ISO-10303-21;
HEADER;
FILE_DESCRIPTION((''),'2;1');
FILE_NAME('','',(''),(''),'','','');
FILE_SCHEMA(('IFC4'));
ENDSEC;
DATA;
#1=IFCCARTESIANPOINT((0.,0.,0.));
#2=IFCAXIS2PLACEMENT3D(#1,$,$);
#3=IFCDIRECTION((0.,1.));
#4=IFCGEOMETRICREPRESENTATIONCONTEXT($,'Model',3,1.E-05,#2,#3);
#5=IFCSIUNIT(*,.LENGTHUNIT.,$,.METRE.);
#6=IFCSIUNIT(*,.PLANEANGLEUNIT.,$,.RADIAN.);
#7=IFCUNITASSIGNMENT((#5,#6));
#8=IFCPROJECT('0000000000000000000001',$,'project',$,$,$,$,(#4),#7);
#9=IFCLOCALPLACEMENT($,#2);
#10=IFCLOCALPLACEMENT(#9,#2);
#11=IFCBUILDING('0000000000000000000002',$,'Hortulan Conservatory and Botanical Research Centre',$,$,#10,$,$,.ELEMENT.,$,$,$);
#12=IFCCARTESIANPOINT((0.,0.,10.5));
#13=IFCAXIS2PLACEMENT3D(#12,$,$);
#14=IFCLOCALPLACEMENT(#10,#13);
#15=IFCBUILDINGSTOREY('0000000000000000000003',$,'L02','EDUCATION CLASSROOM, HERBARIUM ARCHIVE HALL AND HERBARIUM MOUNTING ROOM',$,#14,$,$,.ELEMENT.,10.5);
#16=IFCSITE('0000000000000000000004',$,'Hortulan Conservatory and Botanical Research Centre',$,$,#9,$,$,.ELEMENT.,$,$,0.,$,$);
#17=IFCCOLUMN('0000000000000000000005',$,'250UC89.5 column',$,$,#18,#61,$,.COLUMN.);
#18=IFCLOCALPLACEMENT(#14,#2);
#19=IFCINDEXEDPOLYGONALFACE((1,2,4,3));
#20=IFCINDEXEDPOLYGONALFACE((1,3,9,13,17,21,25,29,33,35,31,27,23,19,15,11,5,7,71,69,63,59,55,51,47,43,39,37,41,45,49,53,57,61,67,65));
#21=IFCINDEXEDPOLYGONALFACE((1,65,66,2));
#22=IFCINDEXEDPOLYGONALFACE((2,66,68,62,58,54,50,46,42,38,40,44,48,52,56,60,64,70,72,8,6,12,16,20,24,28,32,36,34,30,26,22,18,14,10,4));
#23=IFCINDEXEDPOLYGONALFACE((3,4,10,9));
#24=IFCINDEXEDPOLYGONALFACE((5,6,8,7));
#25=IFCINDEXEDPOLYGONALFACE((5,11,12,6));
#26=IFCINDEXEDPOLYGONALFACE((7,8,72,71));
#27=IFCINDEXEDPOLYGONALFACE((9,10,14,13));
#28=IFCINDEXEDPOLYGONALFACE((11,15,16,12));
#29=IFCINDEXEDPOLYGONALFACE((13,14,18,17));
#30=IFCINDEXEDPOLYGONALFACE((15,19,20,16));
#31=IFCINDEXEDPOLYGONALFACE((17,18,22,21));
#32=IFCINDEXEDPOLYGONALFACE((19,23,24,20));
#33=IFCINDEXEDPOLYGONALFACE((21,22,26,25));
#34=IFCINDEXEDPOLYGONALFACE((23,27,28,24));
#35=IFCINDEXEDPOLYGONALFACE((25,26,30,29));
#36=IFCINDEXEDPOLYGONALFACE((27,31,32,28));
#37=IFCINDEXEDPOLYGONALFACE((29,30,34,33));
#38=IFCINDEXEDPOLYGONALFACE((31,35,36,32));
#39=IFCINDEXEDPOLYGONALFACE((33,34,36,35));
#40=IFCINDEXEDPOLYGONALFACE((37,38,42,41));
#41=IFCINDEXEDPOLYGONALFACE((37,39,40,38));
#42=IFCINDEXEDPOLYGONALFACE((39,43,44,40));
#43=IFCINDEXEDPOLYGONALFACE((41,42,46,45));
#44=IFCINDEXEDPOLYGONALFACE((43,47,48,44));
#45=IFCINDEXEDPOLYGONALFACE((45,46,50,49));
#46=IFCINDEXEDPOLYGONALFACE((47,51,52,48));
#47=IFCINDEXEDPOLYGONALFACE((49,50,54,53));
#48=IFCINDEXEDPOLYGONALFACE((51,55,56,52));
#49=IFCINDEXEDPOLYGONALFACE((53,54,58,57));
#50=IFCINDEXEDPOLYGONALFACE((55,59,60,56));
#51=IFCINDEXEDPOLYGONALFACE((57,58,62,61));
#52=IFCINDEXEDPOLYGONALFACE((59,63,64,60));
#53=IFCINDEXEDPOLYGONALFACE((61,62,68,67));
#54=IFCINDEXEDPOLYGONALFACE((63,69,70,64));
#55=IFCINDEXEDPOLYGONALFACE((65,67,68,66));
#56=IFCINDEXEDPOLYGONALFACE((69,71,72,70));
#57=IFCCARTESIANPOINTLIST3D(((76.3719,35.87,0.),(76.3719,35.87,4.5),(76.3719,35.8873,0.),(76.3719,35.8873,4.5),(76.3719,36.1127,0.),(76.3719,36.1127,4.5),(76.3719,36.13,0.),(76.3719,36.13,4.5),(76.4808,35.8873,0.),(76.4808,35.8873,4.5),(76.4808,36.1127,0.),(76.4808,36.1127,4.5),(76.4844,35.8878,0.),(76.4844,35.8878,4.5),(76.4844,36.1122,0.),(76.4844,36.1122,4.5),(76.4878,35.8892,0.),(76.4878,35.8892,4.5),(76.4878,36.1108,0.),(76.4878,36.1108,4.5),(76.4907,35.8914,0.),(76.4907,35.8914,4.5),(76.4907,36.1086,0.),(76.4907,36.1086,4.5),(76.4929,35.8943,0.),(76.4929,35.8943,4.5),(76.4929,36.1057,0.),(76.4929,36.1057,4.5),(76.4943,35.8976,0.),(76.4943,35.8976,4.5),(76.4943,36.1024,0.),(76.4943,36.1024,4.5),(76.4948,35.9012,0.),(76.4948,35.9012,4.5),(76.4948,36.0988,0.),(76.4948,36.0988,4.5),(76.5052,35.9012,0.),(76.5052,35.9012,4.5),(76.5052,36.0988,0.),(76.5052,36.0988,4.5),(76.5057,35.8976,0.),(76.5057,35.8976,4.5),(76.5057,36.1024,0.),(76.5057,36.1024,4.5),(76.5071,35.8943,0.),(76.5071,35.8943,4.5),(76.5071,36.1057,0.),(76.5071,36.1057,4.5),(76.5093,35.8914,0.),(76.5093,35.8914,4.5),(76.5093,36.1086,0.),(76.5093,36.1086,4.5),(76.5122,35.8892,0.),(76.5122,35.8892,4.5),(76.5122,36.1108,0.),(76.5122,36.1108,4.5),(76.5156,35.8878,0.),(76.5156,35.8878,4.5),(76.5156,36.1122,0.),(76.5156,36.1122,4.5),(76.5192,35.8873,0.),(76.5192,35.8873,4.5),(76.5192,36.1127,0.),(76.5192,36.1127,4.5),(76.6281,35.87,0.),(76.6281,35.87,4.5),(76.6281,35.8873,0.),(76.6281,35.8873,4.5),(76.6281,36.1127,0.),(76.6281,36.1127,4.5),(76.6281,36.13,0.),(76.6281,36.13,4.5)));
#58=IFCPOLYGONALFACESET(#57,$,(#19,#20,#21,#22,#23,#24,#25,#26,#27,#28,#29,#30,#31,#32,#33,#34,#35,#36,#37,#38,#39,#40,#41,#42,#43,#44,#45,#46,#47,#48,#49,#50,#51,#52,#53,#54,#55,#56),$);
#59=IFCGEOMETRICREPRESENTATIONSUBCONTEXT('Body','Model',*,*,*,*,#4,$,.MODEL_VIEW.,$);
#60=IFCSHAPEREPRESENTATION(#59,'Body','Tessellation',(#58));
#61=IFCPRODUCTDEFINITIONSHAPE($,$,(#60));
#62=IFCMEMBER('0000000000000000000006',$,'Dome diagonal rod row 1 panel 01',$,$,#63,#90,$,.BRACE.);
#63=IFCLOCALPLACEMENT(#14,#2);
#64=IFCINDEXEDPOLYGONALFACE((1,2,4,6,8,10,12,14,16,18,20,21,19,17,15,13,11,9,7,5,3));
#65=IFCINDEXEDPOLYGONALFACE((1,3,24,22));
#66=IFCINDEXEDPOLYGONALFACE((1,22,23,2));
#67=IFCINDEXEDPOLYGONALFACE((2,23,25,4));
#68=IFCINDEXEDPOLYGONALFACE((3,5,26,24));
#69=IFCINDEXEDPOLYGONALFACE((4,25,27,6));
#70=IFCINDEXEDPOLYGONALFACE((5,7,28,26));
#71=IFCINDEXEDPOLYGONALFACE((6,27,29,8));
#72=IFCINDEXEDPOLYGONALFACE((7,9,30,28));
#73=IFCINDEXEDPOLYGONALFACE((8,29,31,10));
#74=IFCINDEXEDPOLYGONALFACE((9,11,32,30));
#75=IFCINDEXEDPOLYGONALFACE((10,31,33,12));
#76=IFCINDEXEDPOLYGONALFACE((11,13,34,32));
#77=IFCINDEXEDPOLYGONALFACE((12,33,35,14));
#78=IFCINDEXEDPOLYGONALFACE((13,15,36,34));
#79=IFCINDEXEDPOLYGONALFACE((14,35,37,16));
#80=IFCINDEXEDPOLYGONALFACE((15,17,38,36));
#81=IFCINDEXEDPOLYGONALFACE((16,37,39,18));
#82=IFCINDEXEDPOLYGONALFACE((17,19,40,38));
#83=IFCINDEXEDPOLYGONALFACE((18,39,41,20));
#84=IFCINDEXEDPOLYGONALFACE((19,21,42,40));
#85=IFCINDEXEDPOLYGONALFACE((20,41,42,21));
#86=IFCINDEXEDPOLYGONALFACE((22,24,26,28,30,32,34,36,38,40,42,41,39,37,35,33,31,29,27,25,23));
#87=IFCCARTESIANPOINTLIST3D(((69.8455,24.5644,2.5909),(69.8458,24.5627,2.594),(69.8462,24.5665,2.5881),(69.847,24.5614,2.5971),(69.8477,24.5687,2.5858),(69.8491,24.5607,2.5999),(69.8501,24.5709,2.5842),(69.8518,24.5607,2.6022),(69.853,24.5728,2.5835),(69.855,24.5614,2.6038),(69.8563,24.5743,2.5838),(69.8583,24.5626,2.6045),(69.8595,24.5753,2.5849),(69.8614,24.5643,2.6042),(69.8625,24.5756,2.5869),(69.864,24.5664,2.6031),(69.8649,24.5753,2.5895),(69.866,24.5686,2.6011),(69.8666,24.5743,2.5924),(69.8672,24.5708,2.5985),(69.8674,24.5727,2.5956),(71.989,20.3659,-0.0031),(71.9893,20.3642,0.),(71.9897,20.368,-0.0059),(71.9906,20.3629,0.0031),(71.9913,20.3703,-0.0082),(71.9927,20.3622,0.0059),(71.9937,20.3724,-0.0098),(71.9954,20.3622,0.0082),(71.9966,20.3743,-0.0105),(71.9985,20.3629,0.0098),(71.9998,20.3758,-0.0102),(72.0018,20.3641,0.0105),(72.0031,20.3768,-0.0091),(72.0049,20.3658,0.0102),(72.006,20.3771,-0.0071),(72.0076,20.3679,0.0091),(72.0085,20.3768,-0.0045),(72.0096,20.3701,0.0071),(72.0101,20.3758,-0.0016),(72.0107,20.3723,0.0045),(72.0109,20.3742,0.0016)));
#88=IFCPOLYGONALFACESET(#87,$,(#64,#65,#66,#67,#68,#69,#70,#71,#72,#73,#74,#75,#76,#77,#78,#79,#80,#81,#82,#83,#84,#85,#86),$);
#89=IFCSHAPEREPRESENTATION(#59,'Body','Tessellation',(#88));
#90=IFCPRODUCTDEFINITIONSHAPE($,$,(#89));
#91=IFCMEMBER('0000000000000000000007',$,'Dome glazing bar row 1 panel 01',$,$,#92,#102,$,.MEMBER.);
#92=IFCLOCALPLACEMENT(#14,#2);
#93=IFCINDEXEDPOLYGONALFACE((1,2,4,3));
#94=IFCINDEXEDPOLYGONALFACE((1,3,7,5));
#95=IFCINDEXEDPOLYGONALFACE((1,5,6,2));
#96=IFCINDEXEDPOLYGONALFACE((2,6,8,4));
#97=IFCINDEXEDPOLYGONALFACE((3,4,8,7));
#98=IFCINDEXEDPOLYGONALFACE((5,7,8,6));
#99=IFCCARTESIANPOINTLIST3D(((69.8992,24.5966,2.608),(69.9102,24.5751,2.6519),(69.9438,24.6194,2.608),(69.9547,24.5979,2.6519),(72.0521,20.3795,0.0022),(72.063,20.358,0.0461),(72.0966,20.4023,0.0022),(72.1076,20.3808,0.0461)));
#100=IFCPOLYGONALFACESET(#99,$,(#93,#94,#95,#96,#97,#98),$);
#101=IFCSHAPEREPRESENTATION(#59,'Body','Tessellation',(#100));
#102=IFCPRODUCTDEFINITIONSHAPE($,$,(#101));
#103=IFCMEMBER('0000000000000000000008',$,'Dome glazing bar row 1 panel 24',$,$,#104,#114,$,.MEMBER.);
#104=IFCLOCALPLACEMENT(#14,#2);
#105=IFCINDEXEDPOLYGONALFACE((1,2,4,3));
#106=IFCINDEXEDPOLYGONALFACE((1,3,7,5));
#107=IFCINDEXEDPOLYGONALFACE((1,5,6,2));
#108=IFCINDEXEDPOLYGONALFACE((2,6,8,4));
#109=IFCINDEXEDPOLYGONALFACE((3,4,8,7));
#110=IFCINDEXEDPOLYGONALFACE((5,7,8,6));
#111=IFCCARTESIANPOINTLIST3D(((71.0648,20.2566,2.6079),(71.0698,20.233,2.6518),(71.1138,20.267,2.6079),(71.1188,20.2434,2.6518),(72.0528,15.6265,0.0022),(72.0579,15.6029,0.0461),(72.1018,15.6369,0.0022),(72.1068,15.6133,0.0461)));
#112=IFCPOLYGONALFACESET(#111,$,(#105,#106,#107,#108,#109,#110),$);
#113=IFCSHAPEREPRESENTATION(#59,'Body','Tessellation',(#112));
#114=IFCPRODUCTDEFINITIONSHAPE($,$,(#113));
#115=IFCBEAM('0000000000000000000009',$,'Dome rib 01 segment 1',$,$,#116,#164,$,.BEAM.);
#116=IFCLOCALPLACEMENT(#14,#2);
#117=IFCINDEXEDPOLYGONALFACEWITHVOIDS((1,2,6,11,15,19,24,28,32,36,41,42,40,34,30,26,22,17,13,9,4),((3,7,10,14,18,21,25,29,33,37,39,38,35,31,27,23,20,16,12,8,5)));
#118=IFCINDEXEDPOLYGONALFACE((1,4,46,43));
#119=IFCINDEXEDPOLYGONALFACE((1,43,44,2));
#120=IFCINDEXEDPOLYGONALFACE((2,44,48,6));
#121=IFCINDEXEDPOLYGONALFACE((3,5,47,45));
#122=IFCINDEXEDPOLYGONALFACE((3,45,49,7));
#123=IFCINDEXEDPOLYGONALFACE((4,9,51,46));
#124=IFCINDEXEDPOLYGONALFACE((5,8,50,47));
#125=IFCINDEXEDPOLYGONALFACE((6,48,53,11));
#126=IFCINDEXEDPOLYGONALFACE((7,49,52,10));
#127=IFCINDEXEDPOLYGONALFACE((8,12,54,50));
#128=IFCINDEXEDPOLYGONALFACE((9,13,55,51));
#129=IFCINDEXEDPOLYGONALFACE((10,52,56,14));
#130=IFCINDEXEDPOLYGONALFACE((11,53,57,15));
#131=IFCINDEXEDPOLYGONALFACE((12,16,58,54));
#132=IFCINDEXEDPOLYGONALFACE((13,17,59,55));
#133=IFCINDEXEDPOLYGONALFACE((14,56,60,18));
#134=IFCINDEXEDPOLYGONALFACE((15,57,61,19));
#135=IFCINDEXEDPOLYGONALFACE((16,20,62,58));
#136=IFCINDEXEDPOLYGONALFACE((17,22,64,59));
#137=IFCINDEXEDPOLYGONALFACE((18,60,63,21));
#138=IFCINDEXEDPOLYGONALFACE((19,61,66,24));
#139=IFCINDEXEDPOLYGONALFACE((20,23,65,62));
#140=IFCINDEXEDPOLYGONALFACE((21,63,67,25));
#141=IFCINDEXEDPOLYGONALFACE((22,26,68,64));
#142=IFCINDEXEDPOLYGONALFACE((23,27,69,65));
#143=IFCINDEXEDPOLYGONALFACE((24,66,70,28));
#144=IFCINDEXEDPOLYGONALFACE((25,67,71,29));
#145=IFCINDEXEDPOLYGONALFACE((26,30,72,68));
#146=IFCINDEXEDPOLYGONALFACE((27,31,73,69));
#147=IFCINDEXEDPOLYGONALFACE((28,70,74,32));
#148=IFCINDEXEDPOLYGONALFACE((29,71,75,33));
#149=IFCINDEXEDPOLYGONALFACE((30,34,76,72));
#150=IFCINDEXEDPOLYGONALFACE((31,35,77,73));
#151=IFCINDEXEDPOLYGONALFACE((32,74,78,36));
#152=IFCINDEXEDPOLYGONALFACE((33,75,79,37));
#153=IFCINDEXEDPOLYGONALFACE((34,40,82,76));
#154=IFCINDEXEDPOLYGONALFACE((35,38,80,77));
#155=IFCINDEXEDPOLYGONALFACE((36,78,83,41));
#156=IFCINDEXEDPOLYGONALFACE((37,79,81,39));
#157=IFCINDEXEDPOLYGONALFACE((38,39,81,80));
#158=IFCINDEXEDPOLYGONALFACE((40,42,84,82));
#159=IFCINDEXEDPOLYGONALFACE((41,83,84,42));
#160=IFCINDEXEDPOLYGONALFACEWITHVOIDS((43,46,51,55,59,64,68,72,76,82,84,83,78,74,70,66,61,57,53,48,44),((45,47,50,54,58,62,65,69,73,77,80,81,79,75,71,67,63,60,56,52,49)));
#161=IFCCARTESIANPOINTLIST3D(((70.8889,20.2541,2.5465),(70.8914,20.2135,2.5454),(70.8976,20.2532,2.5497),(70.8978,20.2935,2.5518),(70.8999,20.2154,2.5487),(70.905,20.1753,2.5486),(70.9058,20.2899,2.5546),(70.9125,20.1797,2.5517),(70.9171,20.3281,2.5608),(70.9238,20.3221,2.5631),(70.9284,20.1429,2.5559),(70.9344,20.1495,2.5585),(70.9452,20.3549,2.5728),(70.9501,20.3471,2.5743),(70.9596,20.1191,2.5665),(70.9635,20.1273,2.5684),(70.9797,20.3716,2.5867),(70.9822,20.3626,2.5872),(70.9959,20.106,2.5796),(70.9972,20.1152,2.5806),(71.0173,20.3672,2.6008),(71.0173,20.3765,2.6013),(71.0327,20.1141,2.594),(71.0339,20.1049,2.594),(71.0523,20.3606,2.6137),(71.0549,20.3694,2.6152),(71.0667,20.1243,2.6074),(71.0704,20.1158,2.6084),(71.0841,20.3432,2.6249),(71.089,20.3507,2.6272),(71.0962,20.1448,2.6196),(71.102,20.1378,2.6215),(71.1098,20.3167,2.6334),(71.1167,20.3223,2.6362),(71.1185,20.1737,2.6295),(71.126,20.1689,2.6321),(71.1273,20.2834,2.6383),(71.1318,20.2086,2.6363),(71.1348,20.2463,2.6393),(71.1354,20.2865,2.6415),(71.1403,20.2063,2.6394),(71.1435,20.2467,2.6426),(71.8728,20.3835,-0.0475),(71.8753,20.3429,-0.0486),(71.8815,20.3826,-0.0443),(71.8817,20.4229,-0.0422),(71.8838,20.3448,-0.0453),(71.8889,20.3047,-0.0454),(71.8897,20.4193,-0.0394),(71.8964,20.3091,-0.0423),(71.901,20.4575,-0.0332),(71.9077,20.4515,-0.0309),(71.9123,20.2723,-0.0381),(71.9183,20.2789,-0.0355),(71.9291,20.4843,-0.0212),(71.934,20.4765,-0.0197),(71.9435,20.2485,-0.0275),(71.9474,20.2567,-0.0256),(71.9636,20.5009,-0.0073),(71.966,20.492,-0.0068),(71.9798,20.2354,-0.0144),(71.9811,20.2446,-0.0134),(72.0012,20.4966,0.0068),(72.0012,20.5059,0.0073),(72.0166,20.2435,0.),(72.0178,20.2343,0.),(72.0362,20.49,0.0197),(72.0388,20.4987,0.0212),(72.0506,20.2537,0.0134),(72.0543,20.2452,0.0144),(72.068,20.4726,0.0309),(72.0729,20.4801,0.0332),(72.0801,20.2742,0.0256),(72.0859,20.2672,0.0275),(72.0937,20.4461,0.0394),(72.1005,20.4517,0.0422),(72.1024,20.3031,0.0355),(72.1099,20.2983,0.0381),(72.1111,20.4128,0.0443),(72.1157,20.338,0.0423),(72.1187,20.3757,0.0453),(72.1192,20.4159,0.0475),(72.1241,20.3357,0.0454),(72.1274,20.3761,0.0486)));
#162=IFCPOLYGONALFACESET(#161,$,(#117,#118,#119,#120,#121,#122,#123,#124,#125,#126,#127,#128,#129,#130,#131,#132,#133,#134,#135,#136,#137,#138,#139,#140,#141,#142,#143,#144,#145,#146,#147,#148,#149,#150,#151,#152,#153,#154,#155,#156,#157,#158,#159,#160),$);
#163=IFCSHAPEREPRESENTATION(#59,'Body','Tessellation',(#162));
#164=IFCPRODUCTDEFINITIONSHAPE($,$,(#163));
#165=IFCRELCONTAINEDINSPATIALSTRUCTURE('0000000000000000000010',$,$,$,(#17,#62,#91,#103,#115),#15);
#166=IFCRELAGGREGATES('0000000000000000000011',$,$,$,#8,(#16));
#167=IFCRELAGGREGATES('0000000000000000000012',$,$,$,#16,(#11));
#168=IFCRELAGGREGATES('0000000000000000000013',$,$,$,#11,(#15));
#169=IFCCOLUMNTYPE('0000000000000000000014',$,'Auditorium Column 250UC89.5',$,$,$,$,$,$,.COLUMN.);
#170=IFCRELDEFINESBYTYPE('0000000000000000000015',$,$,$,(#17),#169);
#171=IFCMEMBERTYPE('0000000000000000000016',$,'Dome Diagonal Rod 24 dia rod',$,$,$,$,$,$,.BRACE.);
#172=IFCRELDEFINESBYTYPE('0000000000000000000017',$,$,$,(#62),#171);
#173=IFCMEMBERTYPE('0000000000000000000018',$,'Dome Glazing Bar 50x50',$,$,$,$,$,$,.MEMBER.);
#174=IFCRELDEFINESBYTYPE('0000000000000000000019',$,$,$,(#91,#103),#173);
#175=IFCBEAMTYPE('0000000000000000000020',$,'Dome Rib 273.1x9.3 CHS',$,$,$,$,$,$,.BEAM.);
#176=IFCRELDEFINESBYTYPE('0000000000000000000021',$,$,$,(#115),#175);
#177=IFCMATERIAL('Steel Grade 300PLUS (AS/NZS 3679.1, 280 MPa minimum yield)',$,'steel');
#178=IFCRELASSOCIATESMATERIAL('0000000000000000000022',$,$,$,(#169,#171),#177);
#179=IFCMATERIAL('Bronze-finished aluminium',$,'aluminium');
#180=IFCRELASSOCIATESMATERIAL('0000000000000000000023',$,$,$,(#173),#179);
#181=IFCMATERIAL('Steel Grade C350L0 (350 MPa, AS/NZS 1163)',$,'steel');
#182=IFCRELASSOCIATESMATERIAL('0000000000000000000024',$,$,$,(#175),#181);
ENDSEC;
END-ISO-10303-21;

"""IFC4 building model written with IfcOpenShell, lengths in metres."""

from ifc_helpers import new_model, si_unit, direction, frame, origin, origin_2d, place, context, subcontext, project, spatial, rectangle, circle, hollow_circle, i_section, extrude, material, material_profile, profile_set, type_object, element, save


model = new_model("IFC4")

# Units and contexts
model_context = context("Model", 3, precision=1e-05, world=origin(), true_north=direction((0.0, 1.0)))
body_context = subcontext(model_context, "Body", "Model", "MODEL_VIEW")
ifc_project = project(units=[si_unit("LENGTHUNIT", "METRE"), si_unit("PLANEANGLEUNIT", "RADIAN")], contexts=[model_context])

# Site, building, storey
site_placement = place(None, origin())
site = spatial("IfcSite", under=ifc_project, at=site_placement, Name="Hortulan Conservatory and Botanical Research Centre", CompositionType="ELEMENT", RefElevation=0.0)
building_placement = place(site_placement, origin())
building = spatial("IfcBuilding", under=site, at=building_placement, Name="Hortulan Conservatory and Botanical Research Centre", CompositionType="ELEMENT")
storey_placement = place(building_placement, frame((0.0, 0.0, 10.5)))
storey = spatial("IfcBuildingStorey", under=building, at=storey_placement, Name="L02", Description="EDUCATION CLASSROOM, HERBARIUM ARCHIVE HALL AND HERBARIUM MOUNTING ROOM", CompositionType="ELEMENT", Elevation=10.5)

# Column
ifc_material_1 = material(Name="Steel Grade 300PLUS (AS/NZS 3679.1, 280 MPa minimum yield)", Category="steel")
ifc_material_profile_1 = material_profile(ifc_material_1, i_section(OverallWidth=0.2561, OverallDepth=0.26, WebThickness=0.0105, FlangeThickness=0.0173, FilletRadius=0.0139, at=origin_2d()), Name="250UC89.5")
ifc_profile_set_1 = profile_set([ifc_material_profile_1], Name="Steel Grade 300PLUS (AS/NZS 3679.1, 280 MPa minimum yield)")
column_type = type_object("IfcColumnType", Name="Auditorium Column 250UC89.5", PredefinedType="COLUMN", material=ifc_profile_set_1)
column_placement = place(storey_placement, frame((76.5, 36.0, 0.0), z_axis=(0.0, 0.0, 1.0), x_axis=(1.0, 0.0, 0.0)))
element("IfcColumn", 1, at=column_placement, inside=storey, type_object=column_type, Name="250UC89.5 column", PredefinedType="COLUMN", context=body_context, shape_type="SweptSolid", body=[
    extrude(i_section(OverallWidth=0.2561, OverallDepth=0.26, WebThickness=0.0105, FlangeThickness=0.0173, FilletRadius=0.0139, at=origin_2d()), origin(), (0.0, 0.0, 1.0), 4.5),
])

# Members
ifc_material_profile_2 = material_profile(ifc_material_1, circle(Radius=0.012, at=origin_2d()), Name="24 dia rod")
ifc_profile_set_2 = profile_set([ifc_material_profile_2], Name="Steel Grade 300PLUS (AS/NZS 3679.1, 280 MPa minimum yield)")
member_type_1 = type_object("IfcMemberType", Name="Dome Diagonal Rod 24 dia rod", PredefinedType="BRACE", material=ifc_profile_set_2)
member_1_placement = place(storey_placement, frame((72.0, 20.3696, 0.0), z_axis=(-0.398385, 0.7803, 0.482101), x_axis=(-0.890636, -0.454718, 0.0)))
element("IfcMember", 2, at=member_1_placement, inside=storey, type_object=member_type_1, Name="Dome diagonal rod row 1 panel 01", PredefinedType="BRACE", context=body_context, shape_type="SweptSolid", body=[
    extrude(circle(Radius=0.012, at=origin_2d()), origin(), (0.0, 0.0, 1.0), 5.3806),
])
ifc_material_2 = material(Name="Bronze-finished aluminium", Category="aluminium")
ifc_material_profile_3 = material_profile(ifc_material_2, rectangle(XDim=0.05, YDim=0.05, at=origin_2d()), Name="Square bar 50x50")
ifc_profile_set_3 = profile_set([ifc_material_profile_3], Name="Bronze-finished aluminium")
member_type_2 = type_object("IfcMemberType", Name="Dome Glazing Bar 50x50", PredefinedType="MEMBER", material=ifc_profile_set_3)
member_2_placement = place(storey_placement, frame((72.0798, 20.3801, 0.0242), z_axis=(-0.398346, 0.780293, 0.482144), x_axis=(-0.890652, -0.454685, 0.0)))
element("IfcMember", 3, at=member_2_placement, inside=storey, type_object=member_type_2, Name="Dome glazing bar row 1 panel 01", PredefinedType="MEMBER", context=body_context, shape_type="SweptSolid", body=[
    extrude(rectangle(XDim=0.05, YDim=0.05, at=origin_2d()), origin(), (0.0, 0.0, 1.0), 5.4045),
])
member_3_placement = place(storey_placement, frame((72.0798, 15.6199, 0.0242), z_axis=(-0.182832, 0.856784, 0.482176), x_axis=(-0.977981, -0.208694, 0.0)))
element("IfcMember", 4, at=member_3_placement, inside=storey, type_object=member_type_2, Name="Dome glazing bar row 1 panel 24", PredefinedType="MEMBER", context=body_context, shape_type="SweptSolid", body=[
    extrude(rectangle(XDim=0.05, YDim=0.05, at=origin_2d()), origin(), (0.0, 0.0, 1.0), 5.4041),
])

# Beam
ifc_material_3 = material(Name="Steel Grade C350L0 (350 MPa, AS/NZS 1163)", Category="steel")
ifc_material_profile_4 = material_profile(ifc_material_3, hollow_circle(Radius=0.1365, WallThickness=0.0093, at=origin_2d()), Name="273.1x9.3CHS")
ifc_profile_set_4 = profile_set([ifc_material_profile_4], Name="Steel Grade C350L0 (350 MPa, AS/NZS 1163)")
beam_type_1 = type_object("IfcBeamType", Name="Dome Rib 273.1x9.3 CHS", PredefinedType="BEAM", material=ifc_profile_set_4)
beam_1_placement = place(storey_placement, frame((72.0, 20.3696, 0.0), z_axis=(-0.354256, -0.046589, 0.933987), x_axis=(0.130391, -0.991463, 0.0)))
element("IfcBeam", 5, at=beam_1_placement, inside=storey, type_object=beam_type_1, Name="Dome rib 01 segment 1", PredefinedType="BEAM", context=body_context, shape_type="SweptSolid", body=[
    extrude(hollow_circle(Radius=0.1365, WallThickness=0.0093, at=origin_2d()), origin(), (0.0, 0.0, 1.0), 2.7773),
])

save(model, "model.ifc")
